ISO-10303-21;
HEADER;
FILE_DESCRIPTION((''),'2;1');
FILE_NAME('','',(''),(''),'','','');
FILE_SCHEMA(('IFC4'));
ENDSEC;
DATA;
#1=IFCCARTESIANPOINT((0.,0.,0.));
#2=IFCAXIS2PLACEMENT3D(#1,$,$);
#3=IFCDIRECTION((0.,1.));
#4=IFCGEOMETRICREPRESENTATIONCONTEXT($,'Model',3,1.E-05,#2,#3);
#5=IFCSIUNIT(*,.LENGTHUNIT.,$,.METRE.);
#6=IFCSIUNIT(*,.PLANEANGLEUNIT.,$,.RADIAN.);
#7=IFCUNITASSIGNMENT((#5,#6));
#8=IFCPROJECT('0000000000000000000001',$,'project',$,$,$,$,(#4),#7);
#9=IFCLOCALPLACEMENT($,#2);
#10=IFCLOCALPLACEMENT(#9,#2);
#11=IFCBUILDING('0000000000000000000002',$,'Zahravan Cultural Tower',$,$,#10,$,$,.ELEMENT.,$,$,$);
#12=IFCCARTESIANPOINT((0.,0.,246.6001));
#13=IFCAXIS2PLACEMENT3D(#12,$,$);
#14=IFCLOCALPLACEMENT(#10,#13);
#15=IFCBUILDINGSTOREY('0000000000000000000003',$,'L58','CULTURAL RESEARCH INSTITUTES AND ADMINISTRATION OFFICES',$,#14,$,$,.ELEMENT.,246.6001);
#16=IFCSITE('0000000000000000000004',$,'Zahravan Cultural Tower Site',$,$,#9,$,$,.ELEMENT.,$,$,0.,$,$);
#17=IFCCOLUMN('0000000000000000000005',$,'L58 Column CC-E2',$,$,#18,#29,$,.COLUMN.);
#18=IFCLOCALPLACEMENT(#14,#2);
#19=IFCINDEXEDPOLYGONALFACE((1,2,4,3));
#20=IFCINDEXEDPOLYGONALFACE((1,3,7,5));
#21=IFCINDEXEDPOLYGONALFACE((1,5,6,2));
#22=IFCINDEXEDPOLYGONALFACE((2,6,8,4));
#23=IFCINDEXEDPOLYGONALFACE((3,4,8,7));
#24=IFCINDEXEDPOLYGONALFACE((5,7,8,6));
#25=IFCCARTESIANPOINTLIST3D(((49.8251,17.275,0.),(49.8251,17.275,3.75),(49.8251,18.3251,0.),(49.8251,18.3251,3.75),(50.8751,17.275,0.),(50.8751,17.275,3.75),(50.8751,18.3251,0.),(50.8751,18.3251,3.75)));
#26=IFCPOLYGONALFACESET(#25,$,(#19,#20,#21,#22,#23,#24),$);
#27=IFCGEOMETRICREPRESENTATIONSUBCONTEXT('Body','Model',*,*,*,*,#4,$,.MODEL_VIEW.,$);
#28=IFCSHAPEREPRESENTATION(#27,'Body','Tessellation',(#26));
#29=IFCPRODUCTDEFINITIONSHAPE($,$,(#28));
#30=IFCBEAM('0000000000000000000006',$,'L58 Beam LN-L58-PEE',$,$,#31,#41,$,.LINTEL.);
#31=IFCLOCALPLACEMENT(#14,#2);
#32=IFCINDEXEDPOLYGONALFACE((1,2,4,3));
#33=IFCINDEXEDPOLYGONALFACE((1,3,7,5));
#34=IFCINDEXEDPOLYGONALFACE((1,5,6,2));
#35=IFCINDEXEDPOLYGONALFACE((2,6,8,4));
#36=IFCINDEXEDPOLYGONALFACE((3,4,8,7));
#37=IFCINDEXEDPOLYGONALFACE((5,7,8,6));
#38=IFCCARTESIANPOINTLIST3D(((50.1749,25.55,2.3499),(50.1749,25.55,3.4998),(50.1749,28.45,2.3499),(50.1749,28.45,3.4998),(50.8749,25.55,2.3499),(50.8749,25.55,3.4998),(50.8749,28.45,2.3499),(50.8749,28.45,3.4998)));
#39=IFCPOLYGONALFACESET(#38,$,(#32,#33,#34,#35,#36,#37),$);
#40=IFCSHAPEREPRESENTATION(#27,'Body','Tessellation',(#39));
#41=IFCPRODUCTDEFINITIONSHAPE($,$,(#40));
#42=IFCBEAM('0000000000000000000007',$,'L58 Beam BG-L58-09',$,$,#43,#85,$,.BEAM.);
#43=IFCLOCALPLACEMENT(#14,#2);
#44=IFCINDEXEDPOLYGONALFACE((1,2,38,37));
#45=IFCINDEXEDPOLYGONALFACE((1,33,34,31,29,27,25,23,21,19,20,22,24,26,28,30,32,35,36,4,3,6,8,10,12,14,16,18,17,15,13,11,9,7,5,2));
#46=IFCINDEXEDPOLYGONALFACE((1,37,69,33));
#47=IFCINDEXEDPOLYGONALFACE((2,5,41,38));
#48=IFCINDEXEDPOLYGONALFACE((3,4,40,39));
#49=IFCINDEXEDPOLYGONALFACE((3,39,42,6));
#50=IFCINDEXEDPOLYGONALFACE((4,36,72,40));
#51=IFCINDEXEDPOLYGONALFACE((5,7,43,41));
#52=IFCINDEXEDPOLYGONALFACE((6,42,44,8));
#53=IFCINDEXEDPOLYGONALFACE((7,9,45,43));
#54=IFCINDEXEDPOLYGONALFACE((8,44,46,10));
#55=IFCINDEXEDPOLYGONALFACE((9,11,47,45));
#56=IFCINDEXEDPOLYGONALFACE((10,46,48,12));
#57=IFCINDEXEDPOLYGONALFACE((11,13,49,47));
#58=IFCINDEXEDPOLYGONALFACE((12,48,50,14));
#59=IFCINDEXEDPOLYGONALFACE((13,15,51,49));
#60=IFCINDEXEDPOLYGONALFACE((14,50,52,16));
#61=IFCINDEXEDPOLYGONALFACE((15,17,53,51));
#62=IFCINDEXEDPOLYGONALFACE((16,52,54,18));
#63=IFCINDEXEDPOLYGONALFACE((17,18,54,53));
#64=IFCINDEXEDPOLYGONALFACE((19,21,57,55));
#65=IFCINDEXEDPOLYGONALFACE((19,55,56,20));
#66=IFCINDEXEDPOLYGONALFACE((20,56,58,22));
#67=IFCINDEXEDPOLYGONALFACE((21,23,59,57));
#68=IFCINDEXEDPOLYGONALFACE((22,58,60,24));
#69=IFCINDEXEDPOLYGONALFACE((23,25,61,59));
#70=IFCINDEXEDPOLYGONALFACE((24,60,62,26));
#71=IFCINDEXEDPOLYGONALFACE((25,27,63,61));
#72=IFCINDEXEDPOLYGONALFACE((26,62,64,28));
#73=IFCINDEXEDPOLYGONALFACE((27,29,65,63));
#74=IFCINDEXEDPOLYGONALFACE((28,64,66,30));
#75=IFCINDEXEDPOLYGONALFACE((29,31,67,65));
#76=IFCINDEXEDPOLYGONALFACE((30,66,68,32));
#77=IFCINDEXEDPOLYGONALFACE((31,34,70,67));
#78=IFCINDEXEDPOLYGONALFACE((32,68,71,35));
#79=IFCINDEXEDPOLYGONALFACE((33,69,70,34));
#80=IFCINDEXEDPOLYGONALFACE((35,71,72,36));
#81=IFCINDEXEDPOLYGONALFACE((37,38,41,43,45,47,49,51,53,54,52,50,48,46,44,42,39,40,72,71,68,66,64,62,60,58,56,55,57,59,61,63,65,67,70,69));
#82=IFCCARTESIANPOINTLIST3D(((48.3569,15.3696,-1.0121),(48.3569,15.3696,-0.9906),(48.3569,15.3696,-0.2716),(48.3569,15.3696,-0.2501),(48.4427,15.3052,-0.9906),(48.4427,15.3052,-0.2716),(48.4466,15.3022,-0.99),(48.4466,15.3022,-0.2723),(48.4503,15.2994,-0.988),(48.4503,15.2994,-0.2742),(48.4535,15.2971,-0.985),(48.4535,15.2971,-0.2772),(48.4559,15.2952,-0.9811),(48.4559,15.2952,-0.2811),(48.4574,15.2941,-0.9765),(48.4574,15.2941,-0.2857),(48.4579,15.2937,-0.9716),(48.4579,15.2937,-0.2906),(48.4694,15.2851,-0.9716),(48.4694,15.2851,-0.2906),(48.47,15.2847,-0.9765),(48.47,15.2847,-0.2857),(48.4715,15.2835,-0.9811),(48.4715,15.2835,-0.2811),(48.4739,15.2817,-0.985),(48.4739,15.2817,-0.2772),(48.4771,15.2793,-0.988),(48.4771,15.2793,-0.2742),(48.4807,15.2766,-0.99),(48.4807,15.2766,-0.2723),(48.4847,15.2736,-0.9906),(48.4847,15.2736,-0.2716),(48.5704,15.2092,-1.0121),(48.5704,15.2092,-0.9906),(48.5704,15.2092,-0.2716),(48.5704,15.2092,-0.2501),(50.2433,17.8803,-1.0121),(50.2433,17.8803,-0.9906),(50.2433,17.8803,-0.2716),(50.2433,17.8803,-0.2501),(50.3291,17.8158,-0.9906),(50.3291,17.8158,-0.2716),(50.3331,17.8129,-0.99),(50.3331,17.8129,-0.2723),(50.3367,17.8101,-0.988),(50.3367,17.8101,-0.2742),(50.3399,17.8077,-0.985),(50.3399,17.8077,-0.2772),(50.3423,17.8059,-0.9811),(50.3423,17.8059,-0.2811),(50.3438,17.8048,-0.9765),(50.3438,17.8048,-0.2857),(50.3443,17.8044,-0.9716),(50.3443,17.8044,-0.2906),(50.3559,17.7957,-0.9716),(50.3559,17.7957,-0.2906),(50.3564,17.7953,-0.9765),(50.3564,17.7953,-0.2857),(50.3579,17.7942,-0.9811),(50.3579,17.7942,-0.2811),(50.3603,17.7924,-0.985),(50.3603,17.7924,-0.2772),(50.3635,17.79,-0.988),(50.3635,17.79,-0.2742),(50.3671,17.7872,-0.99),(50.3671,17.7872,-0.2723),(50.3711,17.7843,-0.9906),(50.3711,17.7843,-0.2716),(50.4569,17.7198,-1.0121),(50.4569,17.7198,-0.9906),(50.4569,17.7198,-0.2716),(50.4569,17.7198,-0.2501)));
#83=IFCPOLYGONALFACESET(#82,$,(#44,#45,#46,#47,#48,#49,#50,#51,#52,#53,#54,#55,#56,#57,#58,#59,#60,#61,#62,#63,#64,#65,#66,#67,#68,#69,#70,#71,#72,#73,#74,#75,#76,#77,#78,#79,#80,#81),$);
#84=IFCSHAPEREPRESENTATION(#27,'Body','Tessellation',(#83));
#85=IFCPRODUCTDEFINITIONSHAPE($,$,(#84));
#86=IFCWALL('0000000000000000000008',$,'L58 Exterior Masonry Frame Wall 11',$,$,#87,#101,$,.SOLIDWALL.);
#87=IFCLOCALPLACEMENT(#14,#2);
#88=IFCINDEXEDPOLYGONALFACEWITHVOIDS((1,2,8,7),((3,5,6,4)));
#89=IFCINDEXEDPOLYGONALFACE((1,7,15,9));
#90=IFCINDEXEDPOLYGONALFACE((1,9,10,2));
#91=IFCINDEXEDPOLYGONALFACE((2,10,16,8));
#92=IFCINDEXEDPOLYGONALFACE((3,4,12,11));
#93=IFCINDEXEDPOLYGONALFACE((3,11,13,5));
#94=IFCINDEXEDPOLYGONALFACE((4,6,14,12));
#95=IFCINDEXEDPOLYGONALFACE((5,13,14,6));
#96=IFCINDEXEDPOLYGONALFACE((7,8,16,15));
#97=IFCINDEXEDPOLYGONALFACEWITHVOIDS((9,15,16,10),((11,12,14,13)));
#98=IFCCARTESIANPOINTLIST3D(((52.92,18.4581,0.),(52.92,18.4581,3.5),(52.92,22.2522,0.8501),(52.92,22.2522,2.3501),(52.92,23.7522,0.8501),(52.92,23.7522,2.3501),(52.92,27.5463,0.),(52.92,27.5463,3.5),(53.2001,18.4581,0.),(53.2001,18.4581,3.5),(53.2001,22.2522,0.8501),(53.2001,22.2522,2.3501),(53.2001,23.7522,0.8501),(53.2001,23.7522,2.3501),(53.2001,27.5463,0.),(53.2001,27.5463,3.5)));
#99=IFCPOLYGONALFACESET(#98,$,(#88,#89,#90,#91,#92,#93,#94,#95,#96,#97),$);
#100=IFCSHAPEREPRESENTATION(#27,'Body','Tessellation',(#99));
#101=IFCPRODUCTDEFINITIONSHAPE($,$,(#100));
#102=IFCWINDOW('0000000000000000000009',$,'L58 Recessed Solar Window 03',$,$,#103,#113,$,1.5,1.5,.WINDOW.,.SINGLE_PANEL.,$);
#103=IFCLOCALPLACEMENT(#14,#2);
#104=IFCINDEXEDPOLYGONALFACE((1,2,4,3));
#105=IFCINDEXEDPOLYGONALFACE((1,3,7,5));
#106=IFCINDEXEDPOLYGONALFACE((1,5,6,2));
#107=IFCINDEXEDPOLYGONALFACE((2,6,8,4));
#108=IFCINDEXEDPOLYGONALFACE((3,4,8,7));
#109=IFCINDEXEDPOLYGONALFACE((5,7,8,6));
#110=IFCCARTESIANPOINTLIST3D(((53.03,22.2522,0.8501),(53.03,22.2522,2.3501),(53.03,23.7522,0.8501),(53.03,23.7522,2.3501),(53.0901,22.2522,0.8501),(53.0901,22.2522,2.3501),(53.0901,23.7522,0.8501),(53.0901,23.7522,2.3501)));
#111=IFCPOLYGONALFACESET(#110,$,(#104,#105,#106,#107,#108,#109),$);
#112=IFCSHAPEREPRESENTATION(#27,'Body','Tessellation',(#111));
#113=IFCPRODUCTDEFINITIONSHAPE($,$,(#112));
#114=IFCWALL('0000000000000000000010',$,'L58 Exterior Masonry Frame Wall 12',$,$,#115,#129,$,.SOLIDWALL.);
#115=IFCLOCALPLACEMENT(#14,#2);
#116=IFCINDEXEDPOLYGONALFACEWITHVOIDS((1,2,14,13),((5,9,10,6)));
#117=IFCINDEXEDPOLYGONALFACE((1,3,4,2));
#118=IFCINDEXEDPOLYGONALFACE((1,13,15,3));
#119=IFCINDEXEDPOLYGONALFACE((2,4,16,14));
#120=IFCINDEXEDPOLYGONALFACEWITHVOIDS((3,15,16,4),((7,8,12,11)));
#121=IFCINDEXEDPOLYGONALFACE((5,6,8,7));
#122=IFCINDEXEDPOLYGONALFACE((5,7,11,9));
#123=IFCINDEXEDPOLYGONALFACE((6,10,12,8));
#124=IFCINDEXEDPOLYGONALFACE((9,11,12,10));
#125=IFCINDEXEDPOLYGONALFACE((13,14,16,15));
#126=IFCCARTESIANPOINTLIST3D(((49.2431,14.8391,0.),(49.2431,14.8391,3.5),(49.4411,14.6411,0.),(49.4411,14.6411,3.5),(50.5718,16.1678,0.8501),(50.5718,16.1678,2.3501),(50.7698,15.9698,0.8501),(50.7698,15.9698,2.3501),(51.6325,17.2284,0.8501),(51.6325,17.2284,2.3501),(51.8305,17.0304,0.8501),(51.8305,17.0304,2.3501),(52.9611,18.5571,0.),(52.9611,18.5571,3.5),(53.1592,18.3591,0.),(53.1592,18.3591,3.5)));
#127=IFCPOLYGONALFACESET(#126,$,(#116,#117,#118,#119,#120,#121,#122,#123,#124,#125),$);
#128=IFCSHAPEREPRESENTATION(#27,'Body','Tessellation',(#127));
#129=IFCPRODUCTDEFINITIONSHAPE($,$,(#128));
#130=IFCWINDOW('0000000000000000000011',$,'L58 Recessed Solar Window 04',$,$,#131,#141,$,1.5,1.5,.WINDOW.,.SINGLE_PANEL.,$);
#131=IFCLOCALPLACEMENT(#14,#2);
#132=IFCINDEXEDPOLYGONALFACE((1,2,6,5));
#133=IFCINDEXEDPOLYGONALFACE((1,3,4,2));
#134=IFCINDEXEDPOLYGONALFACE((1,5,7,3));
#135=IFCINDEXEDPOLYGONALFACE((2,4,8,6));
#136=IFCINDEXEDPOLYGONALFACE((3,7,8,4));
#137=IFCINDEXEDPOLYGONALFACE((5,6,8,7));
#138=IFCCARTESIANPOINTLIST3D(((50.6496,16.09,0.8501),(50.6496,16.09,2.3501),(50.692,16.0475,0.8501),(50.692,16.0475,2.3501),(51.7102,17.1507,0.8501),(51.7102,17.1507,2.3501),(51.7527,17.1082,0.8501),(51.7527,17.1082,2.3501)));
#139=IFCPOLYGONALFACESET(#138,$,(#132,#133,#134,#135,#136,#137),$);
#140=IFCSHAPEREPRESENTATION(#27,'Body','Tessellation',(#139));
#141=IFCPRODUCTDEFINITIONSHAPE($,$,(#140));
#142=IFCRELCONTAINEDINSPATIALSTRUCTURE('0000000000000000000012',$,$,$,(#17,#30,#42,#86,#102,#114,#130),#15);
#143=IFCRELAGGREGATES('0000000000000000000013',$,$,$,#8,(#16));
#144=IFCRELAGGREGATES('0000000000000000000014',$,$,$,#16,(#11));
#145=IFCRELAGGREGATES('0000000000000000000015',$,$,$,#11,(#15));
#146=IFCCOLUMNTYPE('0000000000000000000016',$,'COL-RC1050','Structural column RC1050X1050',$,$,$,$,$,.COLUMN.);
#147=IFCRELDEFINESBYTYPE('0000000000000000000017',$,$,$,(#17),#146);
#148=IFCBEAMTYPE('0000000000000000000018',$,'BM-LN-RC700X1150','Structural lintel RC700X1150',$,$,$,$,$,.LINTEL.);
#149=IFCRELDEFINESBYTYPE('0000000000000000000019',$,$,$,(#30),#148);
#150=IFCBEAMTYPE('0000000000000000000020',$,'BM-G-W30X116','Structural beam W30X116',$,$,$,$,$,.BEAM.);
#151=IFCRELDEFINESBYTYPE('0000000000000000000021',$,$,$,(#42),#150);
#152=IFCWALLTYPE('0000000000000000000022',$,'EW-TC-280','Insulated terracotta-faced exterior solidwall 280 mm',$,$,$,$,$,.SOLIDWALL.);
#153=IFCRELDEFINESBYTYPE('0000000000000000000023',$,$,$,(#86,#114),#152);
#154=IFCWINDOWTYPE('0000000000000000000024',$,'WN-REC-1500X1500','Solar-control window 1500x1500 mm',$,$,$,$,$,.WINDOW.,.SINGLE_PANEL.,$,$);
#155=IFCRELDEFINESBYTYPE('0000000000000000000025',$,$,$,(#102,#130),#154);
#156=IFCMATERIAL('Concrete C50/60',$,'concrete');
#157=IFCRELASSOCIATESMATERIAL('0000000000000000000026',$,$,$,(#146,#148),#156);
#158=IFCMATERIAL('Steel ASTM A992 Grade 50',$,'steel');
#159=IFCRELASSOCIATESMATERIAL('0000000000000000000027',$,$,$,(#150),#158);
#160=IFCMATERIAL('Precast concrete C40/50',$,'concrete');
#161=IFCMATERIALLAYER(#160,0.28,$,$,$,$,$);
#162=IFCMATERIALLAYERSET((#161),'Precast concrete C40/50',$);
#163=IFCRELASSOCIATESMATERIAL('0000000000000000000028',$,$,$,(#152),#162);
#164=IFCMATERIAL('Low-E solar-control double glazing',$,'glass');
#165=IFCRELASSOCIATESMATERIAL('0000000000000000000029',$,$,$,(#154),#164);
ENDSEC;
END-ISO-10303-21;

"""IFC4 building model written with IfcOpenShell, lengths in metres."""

from ifc_helpers import new_model, si_unit, direction, frame, frame_2d, origin, origin_2d, place, context, subcontext, project, spatial, rectangle, i_section, extrude, source, transform, mapped, material, layer, layer_set, material_profile, profile_set, type_object, element, fill, save


model = new_model("IFC4")

# Units and contexts
model_context = context("Model", 3, precision=1e-05, world=origin(), true_north=direction((0.0, 1.0)))
body_context = subcontext(model_context, "Body", "Model", "MODEL_VIEW")
ifc_project = project(units=[si_unit("LENGTHUNIT", "METRE"), si_unit("PLANEANGLEUNIT", "RADIAN")], contexts=[model_context])

# Site, building, storey
site_placement = place(None, origin())
site = spatial("IfcSite", under=ifc_project, at=site_placement, Name="Zahravan Cultural Tower Site", CompositionType="ELEMENT", RefElevation=0.0)
building_placement = place(site_placement, origin())
building = spatial("IfcBuilding", under=site, at=building_placement, Name="Zahravan Cultural Tower", CompositionType="ELEMENT")
storey_placement = place(building_placement, frame((0.0, 0.0, 246.6001)))
storey = spatial("IfcBuildingStorey", under=building, at=storey_placement, Name="L58", Description="CULTURAL RESEARCH INSTITUTES AND ADMINISTRATION OFFICES", CompositionType="ELEMENT", Elevation=246.6001)

# Column
ifc_material_1 = material(Name="Concrete C50/60", Category="concrete")
ifc_material_profile_1 = material_profile(ifc_material_1, rectangle(XDim=1.05, YDim=1.05, at=origin_2d()), Name="RC1050X1050")
ifc_profile_set_1 = profile_set([ifc_material_profile_1], Name="Concrete C50/60")
column_type = type_object("IfcColumnType", Name="COL-RC1050", Description="Structural column RC1050X1050", PredefinedType="COLUMN", material=ifc_profile_set_1)
shared_shape_1 = source(origin(), body_context, "Body", "SweptSolid", [
    extrude(rectangle(XDim=1.05, YDim=1.05, at=origin_2d()), origin(), (0.0, 0.0, 1.0), 3.75),
])
column_placement = place(storey_placement, frame((50.3501, 17.8, 0.0), z_axis=(0.0, 0.0, 1.0), x_axis=(1.0, 0.0, 0.0)))
element("IfcColumn", 1, at=column_placement, inside=storey, type_object=column_type, Name="L58 Column CC-E2", PredefinedType="COLUMN", context=body_context, shape_type="MappedRepresentation", body=[
    mapped(shared_shape_1, transform((0.0, 0.0, 0.0), x_axis=(1.0, 0.0, 0.0), y_axis=(0.0, 1.0, 0.0), z_axis=(0.0, 0.0, 1.0), scale=1.0)),
])

# Beams
ifc_material_profile_2 = material_profile(ifc_material_1, rectangle(XDim=0.7, YDim=1.1499, at=origin_2d()), Name="RC700X1150")
ifc_profile_set_2 = profile_set([ifc_material_profile_2], Name="Concrete C50/60")
beam_type_1 = type_object("IfcBeamType", Name="BM-LN-RC700X1150", Description="Structural lintel RC700X1150", PredefinedType="LINTEL", material=ifc_profile_set_2)
shared_shape_2 = source(origin(), body_context, "Body", "SweptSolid", [
    extrude(rectangle(XDim=0.7, YDim=1.1499, at=origin_2d()), origin(), (0.0, 0.0, 1.0), 2.8999),
])
beam_1_placement = place(storey_placement, frame((50.5249, 25.55, 2.9248), z_axis=(0.0, 1.0, 0.0), x_axis=(-1.0, 0.0, 0.0)))
element("IfcBeam", 2, at=beam_1_placement, inside=storey, type_object=beam_type_1, Name="L58 Beam LN-L58-PEE", PredefinedType="LINTEL", context=body_context, shape_type="MappedRepresentation", body=[
    mapped(shared_shape_2, transform((0.0, 0.0, 0.0), x_axis=(1.0, 0.0, 0.0), y_axis=(0.0, 1.0, 0.0), z_axis=(0.0, 0.0, 1.0), scale=1.0)),
])
ifc_material_2 = material(Name="Steel ASTM A992 Grade 50", Category="steel")
ifc_material_profile_3 = material_profile(ifc_material_2, i_section(OverallWidth=0.2671, OverallDepth=0.762, WebThickness=0.0144, FlangeThickness=0.0215, FilletRadius=0.019, at=origin_2d()), Name="W30X116")
ifc_profile_set_3 = profile_set([ifc_material_profile_3], Name="Steel ASTM A992 Grade 50")
beam_type_2 = type_object("IfcBeamType", Name="BM-G-W30X116", Description="Structural beam W30X116", PredefinedType="BEAM", material=ifc_profile_set_3)
shared_shape_3 = source(origin(), body_context, "Body", "SweptSolid", [
    extrude(i_section(OverallWidth=0.2671, OverallDepth=0.762, WebThickness=0.0144, FlangeThickness=0.0215, FilletRadius=0.019, at=origin_2d()), origin(), (0.0, 0.0, 1.0), 3.1404),
])
beam_2_placement = place(storey_placement, frame((50.3501, 17.8, -0.6311), z_axis=(-0.600696, -0.799477, 0.0), x_axis=(0.799477, -0.600696, 0.0)))
element("IfcBeam", 3, at=beam_2_placement, inside=storey, type_object=beam_type_2, Name="L58 Beam BG-L58-09", PredefinedType="BEAM", context=body_context, shape_type="MappedRepresentation", body=[
    mapped(shared_shape_3, transform((0.0, 0.0, 0.0), x_axis=(1.0, 0.0, 0.0), y_axis=(0.0, 1.0, 0.0), z_axis=(0.0, 0.0, 1.0), scale=1.0)),
])

# Walls, openings, windows
ifc_material_3 = material(Name="Precast concrete C40/50", Category="concrete")
ifc_layer_1 = layer(ifc_material_3, 0.28)
ifc_layer_set_1 = layer_set([ifc_layer_1], Name="Precast concrete C40/50")
wall_type_1 = type_object("IfcWallType", Name="EW-TC-280", Description="Insulated terracotta-faced exterior solidwall 280 mm", PredefinedType="SOLIDWALL", material=ifc_layer_set_1)
wall_1_placement = place(storey_placement, frame((53.0601, 27.5461, 0.0), z_axis=(0.0, 0.0, 1.0), x_axis=(0.0, -1.0, 0.0)))
wall_1 = element("IfcWall", 4, at=wall_1_placement, inside=storey, type_object=wall_type_1, Name="L58 Exterior Masonry Frame Wall 11", PredefinedType="SOLIDWALL", context=body_context, shape_type="SweptSolid", body=[
    extrude(rectangle(XDim=9.0881, YDim=0.28, at=frame_2d((4.5439, 0.0))), origin(), (0.0, 0.0, 1.0), 3.5),
])
opening_1_placement = place(wall_1_placement, frame((3.7939, 0.0, 0.8501)))
opening_1 = element("IfcOpeningElement", 5, at=opening_1_placement, cuts=wall_1, PredefinedType="OPENING", context=body_context, shape_type="SweptSolid", body=[
    extrude(rectangle(XDim=1.5, YDim=1.5, at=frame_2d((0.75, 0.75))), frame((0.0, 0.1499, 0.0), z_axis=(0.0, -1.0, 0.0), x_axis=(1.0, 0.0, 0.0)), (0.0, 0.0, 1.0), 0.3),
])
ifc_material_4 = material(Name="Low-E solar-control double glazing", Category="glass")
window_type = type_object("IfcWindowType", Name="WN-REC-1500X1500", Description="Solar-control window 1500x1500 mm", PartitioningType="SINGLE_PANEL", PredefinedType="WINDOW", material=ifc_material_4)
shared_shape_4 = source(origin(), body_context, "Body", "SweptSolid", [
    extrude(rectangle(XDim=1.5, YDim=1.5, at=frame_2d((0.75, 0.75))), frame((0.0, 0.03, 0.0), z_axis=(0.0, -1.0, 0.0), x_axis=(1.0, 0.0, 0.0)), (0.0, 0.0, 1.0), 0.0601),
])
window_1_placement = place(opening_1_placement, origin())
window_1 = element("IfcWindow", 6, at=window_1_placement, inside=storey, type_object=window_type, Name="L58 Recessed Solar Window 03", OverallHeight=1.5, OverallWidth=1.5, PartitioningType="SINGLE_PANEL", PredefinedType="WINDOW", context=body_context, shape_type="MappedRepresentation", body=[
    mapped(shared_shape_4, transform((0.0, 0.0, 0.0), x_axis=(1.0, 0.0, 0.0), y_axis=(0.0, 1.0, 0.0), z_axis=(0.0, 0.0, 1.0), scale=1.0)),
])
fill(opening_1, window_1)
wall_2_placement = place(storey_placement, frame((53.0601, 18.458, 0.0), z_axis=(0.0, 0.0, 1.0), x_axis=(-0.707107, -0.707107, 0.0)))
wall_2 = element("IfcWall", 7, at=wall_2_placement, inside=storey, type_object=wall_type_1, Name="L58 Exterior Masonry Frame Wall 12", PredefinedType="SOLIDWALL", context=body_context, shape_type="SweptSolid", body=[
    extrude(rectangle(XDim=5.2581, YDim=0.28, at=frame_2d((2.6289, 0.0))), origin(), (0.0, 0.0, 1.0), 3.5),
])
opening_2_placement = place(wall_2_placement, frame((1.8789, 0.0, 0.8501)))
opening_2 = element("IfcOpeningElement", 8, at=opening_2_placement, cuts=wall_2, PredefinedType="OPENING", context=body_context, shape_type="SweptSolid", body=[
    extrude(rectangle(XDim=1.5, YDim=1.5, at=frame_2d((0.75, 0.75))), frame((0.0, 0.1499, 0.0), z_axis=(0.0, -1.0, 0.0), x_axis=(1.0, 0.0, 0.0)), (0.0, 0.0, 1.0), 0.3),
])
window_2_placement = place(opening_2_placement, origin())
window_2 = element("IfcWindow", 9, at=window_2_placement, inside=storey, type_object=window_type, Name="L58 Recessed Solar Window 04", OverallHeight=1.5, OverallWidth=1.5, PartitioningType="SINGLE_PANEL", PredefinedType="WINDOW", context=body_context, shape_type="MappedRepresentation", body=[
    mapped(shared_shape_4, transform((0.0, 0.0, 0.0), x_axis=(1.0, 0.0, 0.0), y_axis=(0.0, 1.0, 0.0), z_axis=(0.0, 0.0, 1.0), scale=1.0)),
])
fill(opening_2, window_2)

save(model, "model.ifc")
